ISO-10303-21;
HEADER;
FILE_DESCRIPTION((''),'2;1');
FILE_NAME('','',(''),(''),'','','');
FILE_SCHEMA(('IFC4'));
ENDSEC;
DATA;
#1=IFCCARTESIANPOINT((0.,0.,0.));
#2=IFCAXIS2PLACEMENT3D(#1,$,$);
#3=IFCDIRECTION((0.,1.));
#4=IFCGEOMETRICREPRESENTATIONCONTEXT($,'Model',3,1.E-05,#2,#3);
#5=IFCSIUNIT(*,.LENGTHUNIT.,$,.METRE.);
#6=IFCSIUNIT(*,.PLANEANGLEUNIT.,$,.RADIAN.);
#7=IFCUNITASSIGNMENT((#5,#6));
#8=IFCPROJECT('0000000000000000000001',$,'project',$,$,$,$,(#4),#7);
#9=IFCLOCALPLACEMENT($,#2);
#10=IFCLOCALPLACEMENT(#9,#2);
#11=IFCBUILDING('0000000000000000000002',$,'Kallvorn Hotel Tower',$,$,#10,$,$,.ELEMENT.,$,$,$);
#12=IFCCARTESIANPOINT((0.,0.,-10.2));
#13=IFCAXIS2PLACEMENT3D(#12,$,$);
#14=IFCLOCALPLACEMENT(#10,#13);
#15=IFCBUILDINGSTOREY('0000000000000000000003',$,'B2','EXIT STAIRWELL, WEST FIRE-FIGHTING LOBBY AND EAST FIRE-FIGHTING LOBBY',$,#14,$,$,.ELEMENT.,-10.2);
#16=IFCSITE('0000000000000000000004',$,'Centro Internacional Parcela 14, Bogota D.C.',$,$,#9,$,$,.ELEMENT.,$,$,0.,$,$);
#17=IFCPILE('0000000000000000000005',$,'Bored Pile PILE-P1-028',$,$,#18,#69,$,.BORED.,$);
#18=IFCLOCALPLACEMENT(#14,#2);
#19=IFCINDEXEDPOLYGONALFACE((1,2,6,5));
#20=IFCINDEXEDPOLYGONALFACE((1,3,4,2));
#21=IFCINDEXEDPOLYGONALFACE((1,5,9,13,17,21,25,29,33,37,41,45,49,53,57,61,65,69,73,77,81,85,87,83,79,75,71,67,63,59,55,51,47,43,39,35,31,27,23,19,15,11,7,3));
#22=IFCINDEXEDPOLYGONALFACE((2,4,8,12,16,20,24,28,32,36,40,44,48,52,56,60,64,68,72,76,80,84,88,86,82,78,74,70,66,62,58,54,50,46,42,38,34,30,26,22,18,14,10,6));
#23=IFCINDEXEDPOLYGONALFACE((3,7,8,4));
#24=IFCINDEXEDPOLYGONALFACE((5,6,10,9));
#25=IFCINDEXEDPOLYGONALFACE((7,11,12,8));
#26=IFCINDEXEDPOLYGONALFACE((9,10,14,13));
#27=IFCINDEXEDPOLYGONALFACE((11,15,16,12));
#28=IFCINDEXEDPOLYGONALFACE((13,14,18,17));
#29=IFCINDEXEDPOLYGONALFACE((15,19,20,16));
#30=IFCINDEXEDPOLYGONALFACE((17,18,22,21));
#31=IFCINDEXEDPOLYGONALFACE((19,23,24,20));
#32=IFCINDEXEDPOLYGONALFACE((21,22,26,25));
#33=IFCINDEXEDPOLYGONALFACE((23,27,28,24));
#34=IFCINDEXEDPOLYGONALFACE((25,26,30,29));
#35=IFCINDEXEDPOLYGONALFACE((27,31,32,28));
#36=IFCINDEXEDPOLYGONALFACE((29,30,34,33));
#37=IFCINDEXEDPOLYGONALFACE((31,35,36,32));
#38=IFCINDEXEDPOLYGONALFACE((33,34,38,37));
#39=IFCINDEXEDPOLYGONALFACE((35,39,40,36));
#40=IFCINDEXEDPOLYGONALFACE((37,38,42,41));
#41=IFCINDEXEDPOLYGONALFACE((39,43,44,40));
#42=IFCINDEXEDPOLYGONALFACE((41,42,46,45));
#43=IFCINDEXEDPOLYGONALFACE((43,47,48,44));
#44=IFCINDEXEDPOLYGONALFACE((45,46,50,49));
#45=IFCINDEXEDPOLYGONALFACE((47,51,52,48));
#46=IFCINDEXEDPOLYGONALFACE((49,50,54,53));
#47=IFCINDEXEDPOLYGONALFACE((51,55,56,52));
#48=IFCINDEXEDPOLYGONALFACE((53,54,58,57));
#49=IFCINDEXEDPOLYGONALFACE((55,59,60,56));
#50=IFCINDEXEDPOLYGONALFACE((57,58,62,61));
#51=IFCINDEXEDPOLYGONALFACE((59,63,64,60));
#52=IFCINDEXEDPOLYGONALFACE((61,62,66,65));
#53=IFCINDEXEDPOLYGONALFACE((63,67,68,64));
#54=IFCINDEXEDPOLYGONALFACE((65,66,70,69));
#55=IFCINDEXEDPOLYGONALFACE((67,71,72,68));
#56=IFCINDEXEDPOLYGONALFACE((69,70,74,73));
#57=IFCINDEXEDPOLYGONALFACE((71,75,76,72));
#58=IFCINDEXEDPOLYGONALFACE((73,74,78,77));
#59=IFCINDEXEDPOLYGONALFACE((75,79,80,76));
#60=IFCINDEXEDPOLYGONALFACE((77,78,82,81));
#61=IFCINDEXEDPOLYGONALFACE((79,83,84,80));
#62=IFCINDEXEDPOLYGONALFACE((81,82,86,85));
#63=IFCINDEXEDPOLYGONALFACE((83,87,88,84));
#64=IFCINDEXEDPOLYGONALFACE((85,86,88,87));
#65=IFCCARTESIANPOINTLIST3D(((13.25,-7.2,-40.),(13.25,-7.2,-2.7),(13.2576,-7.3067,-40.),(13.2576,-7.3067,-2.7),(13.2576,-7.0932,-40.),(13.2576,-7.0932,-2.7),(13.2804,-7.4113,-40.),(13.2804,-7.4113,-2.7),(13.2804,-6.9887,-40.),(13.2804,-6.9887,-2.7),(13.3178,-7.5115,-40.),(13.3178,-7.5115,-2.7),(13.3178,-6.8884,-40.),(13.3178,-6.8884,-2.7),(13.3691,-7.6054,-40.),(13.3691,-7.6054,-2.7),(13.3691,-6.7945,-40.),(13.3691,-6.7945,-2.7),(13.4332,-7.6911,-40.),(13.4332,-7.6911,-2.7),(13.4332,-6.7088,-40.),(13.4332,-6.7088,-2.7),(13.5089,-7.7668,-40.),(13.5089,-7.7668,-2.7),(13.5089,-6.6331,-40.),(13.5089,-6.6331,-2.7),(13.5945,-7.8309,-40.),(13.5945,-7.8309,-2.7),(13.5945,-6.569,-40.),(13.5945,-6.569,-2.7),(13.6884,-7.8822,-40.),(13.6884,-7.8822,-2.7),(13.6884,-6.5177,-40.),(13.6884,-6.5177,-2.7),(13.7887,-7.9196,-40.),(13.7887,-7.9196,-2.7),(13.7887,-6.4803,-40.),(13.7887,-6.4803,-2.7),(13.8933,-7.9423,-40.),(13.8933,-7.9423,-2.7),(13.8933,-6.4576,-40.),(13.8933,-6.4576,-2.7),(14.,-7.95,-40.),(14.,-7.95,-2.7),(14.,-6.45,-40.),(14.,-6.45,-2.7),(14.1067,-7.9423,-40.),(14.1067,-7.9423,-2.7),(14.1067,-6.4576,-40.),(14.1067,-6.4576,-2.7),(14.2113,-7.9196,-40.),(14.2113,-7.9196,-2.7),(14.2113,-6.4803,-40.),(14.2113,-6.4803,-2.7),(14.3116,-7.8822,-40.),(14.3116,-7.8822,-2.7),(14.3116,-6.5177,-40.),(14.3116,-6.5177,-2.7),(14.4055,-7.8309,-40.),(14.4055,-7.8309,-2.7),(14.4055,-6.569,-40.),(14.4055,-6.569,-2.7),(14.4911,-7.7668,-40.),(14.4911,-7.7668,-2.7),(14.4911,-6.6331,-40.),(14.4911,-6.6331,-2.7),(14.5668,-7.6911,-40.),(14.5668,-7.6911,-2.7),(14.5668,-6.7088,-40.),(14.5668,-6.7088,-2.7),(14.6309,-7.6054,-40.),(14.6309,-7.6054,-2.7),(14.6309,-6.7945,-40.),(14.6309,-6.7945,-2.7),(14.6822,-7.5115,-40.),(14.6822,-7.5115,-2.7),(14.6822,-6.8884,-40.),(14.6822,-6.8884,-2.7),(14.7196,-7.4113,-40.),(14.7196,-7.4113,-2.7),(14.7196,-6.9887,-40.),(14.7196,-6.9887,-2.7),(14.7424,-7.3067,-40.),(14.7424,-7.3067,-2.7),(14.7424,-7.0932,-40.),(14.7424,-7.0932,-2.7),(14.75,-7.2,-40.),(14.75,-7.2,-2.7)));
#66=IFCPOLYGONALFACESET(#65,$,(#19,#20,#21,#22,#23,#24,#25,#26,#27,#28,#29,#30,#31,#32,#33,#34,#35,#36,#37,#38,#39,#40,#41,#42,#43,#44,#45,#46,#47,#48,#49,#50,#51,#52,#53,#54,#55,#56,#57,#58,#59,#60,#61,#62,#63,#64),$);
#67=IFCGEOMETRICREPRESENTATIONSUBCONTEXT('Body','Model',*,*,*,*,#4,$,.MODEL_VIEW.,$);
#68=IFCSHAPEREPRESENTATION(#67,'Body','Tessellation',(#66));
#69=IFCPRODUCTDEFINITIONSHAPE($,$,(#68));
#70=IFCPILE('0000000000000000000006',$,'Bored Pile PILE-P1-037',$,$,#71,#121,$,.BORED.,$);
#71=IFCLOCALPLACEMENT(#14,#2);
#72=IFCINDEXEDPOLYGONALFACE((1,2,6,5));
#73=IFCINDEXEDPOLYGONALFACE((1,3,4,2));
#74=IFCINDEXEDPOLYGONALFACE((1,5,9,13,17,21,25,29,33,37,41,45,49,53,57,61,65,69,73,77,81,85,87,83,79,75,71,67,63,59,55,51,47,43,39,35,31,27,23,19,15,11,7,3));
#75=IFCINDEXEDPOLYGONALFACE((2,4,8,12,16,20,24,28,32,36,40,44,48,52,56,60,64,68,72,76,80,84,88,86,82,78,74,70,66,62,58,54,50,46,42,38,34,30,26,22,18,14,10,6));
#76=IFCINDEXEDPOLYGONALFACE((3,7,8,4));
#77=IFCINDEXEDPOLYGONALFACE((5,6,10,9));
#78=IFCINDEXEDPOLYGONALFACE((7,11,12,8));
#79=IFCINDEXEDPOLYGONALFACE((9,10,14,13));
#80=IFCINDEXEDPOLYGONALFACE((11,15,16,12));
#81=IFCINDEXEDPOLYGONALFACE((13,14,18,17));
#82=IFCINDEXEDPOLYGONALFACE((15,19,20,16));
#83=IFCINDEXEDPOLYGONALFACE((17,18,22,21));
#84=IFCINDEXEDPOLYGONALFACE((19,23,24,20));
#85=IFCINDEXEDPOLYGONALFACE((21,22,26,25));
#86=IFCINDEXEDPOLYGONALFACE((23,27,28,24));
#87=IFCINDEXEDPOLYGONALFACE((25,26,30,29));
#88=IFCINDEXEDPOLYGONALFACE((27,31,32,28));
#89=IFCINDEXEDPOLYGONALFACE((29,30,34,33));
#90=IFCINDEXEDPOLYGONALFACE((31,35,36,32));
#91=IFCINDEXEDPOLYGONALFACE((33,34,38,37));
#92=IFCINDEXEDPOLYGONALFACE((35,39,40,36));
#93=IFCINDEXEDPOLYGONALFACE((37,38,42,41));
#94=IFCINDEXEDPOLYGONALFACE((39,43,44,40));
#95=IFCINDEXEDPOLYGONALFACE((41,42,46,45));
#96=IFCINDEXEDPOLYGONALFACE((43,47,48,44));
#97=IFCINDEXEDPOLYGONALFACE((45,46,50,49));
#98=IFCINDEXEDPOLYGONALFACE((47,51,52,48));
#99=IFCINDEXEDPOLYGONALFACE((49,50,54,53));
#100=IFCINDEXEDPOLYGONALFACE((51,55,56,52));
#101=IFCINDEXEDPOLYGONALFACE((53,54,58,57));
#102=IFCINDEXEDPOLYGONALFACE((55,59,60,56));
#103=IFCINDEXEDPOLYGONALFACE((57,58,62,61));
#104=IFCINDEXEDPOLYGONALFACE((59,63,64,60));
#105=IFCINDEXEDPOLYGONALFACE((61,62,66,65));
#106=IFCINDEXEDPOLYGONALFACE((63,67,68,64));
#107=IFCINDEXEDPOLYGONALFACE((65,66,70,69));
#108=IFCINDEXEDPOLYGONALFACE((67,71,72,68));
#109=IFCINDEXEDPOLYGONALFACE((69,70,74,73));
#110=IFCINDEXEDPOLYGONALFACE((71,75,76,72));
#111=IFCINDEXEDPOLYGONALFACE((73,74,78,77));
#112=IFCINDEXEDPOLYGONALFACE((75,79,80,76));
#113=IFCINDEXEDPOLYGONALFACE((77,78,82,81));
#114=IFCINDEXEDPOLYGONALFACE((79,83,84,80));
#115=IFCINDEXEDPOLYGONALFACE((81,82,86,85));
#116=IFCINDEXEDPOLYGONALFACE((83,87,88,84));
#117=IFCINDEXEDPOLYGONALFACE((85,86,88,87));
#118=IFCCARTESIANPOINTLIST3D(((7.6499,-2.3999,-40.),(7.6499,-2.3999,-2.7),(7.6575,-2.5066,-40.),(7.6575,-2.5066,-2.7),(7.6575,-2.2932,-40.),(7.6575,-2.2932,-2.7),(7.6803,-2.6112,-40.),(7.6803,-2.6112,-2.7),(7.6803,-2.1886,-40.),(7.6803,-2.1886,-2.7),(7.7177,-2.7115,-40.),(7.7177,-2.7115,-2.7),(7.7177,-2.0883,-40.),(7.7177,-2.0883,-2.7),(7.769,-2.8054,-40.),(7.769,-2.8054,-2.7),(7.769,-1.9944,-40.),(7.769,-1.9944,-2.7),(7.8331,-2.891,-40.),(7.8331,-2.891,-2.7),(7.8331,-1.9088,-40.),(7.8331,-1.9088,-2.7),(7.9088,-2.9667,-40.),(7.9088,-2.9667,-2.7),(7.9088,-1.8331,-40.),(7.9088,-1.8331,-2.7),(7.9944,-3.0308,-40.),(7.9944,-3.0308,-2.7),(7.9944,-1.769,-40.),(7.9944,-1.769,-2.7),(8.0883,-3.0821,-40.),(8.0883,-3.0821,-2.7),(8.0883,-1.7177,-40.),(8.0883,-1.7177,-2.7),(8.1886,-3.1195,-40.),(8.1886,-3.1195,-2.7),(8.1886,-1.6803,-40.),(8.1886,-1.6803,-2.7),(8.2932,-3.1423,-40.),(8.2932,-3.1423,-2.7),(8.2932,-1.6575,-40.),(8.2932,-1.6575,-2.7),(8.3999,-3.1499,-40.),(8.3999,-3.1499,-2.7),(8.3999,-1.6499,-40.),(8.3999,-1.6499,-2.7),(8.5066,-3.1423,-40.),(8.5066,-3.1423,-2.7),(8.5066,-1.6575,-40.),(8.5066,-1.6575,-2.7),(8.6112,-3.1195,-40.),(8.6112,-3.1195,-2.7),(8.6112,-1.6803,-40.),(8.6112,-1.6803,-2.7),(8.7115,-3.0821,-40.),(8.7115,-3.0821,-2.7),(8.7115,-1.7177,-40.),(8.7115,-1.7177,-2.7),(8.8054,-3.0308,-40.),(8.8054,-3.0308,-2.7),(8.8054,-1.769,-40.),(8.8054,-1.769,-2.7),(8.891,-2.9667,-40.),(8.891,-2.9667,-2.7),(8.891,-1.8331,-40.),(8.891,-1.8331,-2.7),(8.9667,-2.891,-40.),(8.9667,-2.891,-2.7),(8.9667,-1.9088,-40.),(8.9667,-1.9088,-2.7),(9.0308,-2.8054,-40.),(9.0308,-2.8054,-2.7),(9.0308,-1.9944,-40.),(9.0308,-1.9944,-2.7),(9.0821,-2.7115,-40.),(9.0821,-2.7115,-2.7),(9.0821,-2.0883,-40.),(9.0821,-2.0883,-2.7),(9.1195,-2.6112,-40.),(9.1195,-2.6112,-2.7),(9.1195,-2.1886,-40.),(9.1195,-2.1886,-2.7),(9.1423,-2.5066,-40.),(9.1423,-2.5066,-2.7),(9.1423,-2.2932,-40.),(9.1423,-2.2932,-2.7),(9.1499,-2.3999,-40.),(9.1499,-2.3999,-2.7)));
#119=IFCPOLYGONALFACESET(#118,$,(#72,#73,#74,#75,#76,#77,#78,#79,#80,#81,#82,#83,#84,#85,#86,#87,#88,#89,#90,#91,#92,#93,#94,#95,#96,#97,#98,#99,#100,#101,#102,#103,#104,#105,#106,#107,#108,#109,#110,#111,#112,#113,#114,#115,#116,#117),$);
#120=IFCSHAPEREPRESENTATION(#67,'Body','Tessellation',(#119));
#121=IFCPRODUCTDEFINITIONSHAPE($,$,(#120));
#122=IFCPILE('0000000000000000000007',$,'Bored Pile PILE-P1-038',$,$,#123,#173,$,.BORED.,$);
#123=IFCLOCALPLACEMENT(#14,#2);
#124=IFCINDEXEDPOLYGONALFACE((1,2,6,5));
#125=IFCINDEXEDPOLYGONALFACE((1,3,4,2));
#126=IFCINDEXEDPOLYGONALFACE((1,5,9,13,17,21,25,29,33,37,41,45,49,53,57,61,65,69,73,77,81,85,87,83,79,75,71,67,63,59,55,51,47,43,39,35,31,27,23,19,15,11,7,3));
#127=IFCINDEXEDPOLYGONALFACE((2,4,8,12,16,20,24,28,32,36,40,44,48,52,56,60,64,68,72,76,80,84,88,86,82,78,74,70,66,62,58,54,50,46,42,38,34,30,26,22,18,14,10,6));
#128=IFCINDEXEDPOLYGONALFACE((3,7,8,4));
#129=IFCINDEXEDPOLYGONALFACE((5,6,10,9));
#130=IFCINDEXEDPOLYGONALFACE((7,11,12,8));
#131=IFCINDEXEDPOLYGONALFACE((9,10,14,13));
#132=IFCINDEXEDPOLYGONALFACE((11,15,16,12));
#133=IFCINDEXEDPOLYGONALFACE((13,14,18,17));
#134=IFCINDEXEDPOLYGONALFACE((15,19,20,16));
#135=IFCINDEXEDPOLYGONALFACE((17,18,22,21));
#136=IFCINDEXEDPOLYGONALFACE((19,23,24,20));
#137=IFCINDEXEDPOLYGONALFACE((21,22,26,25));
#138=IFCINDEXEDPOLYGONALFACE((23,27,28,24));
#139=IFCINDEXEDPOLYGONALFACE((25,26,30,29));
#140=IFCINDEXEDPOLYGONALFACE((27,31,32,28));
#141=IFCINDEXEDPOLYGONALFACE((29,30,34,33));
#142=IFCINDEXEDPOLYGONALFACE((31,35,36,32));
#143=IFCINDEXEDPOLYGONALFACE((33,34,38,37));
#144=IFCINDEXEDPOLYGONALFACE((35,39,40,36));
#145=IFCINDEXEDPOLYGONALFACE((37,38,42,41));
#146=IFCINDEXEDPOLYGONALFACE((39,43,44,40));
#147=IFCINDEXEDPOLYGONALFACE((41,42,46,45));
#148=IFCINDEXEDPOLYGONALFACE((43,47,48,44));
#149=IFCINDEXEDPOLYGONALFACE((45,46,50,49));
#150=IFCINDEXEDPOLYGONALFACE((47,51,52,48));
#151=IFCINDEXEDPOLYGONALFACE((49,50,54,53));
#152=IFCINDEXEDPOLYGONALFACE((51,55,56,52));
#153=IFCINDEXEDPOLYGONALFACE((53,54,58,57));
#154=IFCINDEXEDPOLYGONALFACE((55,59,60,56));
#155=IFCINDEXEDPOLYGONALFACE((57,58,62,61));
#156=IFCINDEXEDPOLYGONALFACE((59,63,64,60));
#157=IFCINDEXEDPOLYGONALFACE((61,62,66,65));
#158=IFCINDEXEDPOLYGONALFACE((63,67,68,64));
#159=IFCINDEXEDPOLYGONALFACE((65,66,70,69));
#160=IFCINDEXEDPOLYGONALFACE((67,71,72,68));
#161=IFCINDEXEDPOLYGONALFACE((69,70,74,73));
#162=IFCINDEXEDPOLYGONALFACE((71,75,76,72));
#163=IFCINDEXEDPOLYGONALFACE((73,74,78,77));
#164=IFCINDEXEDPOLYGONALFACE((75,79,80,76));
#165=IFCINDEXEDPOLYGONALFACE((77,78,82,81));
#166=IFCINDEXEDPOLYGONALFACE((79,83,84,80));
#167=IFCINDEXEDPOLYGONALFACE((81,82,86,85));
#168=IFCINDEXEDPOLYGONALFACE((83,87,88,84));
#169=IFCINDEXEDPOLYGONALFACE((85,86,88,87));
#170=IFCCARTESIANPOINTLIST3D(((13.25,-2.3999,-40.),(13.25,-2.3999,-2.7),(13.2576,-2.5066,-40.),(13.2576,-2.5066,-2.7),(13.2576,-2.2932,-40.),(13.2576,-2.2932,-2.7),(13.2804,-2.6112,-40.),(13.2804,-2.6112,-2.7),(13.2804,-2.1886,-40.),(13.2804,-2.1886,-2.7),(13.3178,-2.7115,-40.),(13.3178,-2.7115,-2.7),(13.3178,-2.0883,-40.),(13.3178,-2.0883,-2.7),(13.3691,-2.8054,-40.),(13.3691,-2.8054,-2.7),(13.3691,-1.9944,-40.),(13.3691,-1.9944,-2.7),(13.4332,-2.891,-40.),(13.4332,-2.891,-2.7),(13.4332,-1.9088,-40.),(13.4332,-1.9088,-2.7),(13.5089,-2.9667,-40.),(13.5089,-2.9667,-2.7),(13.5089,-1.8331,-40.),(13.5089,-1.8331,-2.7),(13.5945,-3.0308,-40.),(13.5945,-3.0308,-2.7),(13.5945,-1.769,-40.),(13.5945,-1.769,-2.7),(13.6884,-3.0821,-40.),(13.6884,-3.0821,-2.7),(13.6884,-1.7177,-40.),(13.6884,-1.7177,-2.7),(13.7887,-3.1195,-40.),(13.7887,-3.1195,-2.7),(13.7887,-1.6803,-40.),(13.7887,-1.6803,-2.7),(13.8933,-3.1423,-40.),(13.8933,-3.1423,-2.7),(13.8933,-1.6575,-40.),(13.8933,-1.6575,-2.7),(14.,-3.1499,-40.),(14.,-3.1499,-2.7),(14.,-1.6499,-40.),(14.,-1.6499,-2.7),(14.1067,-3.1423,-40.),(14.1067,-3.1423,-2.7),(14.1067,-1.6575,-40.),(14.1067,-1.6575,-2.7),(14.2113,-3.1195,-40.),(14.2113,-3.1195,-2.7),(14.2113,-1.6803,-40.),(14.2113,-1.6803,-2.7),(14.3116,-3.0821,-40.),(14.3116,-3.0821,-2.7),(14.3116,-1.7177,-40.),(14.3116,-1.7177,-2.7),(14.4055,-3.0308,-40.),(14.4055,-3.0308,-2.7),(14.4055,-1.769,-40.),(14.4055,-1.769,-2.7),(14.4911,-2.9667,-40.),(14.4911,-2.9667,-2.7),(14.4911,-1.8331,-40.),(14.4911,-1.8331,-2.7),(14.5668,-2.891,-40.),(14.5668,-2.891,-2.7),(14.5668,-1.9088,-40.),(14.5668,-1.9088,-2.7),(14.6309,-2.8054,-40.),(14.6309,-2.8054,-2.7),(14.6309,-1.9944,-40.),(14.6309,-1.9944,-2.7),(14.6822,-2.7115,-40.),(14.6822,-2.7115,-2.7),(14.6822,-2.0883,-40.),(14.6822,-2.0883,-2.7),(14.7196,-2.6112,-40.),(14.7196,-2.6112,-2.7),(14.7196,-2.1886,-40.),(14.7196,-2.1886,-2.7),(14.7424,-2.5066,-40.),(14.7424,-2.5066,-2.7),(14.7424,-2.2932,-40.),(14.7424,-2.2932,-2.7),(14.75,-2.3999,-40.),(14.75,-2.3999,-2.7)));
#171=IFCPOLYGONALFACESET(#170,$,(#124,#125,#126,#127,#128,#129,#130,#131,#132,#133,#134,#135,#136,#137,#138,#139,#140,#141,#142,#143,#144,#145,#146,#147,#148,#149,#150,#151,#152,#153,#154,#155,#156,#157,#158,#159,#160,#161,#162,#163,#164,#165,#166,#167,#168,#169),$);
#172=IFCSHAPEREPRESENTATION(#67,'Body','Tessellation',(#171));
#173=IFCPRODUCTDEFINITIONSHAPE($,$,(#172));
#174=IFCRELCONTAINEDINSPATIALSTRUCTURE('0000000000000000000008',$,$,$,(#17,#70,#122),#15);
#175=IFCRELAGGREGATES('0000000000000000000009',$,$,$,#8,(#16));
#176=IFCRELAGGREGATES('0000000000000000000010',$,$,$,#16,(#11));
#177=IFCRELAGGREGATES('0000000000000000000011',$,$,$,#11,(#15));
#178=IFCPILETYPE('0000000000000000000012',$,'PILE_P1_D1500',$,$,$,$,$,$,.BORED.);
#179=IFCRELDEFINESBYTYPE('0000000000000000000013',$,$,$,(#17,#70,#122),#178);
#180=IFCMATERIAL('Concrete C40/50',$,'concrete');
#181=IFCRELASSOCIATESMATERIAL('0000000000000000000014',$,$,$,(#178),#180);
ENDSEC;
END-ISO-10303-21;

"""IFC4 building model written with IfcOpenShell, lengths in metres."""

from ifc_helpers import new_model, si_unit, direction, frame, origin, origin_2d, place, context, subcontext, project, spatial, circle, extrude, material, material_profile, profile_set, type_object, element, save


model = new_model("IFC4")

# Units and contexts
model_context = context("Model", 3, precision=1e-05, world=origin(), true_north=direction((0.0, 1.0)))
body_context = subcontext(model_context, "Body", "Model", "MODEL_VIEW")
ifc_project = project(units=[si_unit("LENGTHUNIT", "METRE"), si_unit("PLANEANGLEUNIT", "RADIAN")], contexts=[model_context])

# Site, building, storey
site_placement = place(None, origin())
site = spatial("IfcSite", under=ifc_project, at=site_placement, Name="Centro Internacional Parcela 14, Bogota D.C.", CompositionType="ELEMENT", RefElevation=0.0)
building_placement = place(site_placement, origin())
building = spatial("IfcBuilding", under=site, at=building_placement, Name="Kallvorn Hotel Tower", CompositionType="ELEMENT")
storey_placement = place(building_placement, frame((0.0, 0.0, -10.2)))
storey = spatial("IfcBuildingStorey", under=building, at=storey_placement, Name="B2", Description="EXIT STAIRWELL, WEST FIRE-FIGHTING LOBBY AND EAST FIRE-FIGHTING LOBBY", CompositionType="ELEMENT", Elevation=-10.2)

# Piles
ifc_material_1 = material(Name="Concrete C40/50", Category="concrete")
ifc_material_profile_1 = material_profile(ifc_material_1, circle(Radius=0.75, at=origin_2d()), Name="PILE D1500")
ifc_profile_set_1 = profile_set([ifc_material_profile_1], Name="Concrete C40/50")
pile_type = type_object("IfcPileType", Name="PILE_P1_D1500", PredefinedType="BORED", material=ifc_profile_set_1)
for number, where, z_axis, x_axis, name in (
    (1, (14.0, -7.2, -2.7), (0.0, 0.0, -1.0), (1.0, 0.0, 0.0), "Bored Pile PILE-P1-028"),
    (2, (8.3999, -2.3999, -2.7), (0.0, 0.0, -1.0), (1.0, 0.0, 0.0), "Bored Pile PILE-P1-037"),
    (3, (14.0, -2.3999, -2.7), (0.0, 0.0, -1.0), (1.0, 0.0, 0.0), "Bored Pile PILE-P1-038"),
):
    element("IfcPile", number, at=place(storey_placement, frame(where, z_axis=z_axis, x_axis=x_axis)), inside=storey, type_object=pile_type, Name=name, PredefinedType="BORED", context=body_context, shape_type="SweptSolid", body=[
        extrude(circle(Radius=0.75, at=origin_2d()), origin(), (0.0, 0.0, 1.0), 37.3),
    ])

save(model, "model.ifc")
